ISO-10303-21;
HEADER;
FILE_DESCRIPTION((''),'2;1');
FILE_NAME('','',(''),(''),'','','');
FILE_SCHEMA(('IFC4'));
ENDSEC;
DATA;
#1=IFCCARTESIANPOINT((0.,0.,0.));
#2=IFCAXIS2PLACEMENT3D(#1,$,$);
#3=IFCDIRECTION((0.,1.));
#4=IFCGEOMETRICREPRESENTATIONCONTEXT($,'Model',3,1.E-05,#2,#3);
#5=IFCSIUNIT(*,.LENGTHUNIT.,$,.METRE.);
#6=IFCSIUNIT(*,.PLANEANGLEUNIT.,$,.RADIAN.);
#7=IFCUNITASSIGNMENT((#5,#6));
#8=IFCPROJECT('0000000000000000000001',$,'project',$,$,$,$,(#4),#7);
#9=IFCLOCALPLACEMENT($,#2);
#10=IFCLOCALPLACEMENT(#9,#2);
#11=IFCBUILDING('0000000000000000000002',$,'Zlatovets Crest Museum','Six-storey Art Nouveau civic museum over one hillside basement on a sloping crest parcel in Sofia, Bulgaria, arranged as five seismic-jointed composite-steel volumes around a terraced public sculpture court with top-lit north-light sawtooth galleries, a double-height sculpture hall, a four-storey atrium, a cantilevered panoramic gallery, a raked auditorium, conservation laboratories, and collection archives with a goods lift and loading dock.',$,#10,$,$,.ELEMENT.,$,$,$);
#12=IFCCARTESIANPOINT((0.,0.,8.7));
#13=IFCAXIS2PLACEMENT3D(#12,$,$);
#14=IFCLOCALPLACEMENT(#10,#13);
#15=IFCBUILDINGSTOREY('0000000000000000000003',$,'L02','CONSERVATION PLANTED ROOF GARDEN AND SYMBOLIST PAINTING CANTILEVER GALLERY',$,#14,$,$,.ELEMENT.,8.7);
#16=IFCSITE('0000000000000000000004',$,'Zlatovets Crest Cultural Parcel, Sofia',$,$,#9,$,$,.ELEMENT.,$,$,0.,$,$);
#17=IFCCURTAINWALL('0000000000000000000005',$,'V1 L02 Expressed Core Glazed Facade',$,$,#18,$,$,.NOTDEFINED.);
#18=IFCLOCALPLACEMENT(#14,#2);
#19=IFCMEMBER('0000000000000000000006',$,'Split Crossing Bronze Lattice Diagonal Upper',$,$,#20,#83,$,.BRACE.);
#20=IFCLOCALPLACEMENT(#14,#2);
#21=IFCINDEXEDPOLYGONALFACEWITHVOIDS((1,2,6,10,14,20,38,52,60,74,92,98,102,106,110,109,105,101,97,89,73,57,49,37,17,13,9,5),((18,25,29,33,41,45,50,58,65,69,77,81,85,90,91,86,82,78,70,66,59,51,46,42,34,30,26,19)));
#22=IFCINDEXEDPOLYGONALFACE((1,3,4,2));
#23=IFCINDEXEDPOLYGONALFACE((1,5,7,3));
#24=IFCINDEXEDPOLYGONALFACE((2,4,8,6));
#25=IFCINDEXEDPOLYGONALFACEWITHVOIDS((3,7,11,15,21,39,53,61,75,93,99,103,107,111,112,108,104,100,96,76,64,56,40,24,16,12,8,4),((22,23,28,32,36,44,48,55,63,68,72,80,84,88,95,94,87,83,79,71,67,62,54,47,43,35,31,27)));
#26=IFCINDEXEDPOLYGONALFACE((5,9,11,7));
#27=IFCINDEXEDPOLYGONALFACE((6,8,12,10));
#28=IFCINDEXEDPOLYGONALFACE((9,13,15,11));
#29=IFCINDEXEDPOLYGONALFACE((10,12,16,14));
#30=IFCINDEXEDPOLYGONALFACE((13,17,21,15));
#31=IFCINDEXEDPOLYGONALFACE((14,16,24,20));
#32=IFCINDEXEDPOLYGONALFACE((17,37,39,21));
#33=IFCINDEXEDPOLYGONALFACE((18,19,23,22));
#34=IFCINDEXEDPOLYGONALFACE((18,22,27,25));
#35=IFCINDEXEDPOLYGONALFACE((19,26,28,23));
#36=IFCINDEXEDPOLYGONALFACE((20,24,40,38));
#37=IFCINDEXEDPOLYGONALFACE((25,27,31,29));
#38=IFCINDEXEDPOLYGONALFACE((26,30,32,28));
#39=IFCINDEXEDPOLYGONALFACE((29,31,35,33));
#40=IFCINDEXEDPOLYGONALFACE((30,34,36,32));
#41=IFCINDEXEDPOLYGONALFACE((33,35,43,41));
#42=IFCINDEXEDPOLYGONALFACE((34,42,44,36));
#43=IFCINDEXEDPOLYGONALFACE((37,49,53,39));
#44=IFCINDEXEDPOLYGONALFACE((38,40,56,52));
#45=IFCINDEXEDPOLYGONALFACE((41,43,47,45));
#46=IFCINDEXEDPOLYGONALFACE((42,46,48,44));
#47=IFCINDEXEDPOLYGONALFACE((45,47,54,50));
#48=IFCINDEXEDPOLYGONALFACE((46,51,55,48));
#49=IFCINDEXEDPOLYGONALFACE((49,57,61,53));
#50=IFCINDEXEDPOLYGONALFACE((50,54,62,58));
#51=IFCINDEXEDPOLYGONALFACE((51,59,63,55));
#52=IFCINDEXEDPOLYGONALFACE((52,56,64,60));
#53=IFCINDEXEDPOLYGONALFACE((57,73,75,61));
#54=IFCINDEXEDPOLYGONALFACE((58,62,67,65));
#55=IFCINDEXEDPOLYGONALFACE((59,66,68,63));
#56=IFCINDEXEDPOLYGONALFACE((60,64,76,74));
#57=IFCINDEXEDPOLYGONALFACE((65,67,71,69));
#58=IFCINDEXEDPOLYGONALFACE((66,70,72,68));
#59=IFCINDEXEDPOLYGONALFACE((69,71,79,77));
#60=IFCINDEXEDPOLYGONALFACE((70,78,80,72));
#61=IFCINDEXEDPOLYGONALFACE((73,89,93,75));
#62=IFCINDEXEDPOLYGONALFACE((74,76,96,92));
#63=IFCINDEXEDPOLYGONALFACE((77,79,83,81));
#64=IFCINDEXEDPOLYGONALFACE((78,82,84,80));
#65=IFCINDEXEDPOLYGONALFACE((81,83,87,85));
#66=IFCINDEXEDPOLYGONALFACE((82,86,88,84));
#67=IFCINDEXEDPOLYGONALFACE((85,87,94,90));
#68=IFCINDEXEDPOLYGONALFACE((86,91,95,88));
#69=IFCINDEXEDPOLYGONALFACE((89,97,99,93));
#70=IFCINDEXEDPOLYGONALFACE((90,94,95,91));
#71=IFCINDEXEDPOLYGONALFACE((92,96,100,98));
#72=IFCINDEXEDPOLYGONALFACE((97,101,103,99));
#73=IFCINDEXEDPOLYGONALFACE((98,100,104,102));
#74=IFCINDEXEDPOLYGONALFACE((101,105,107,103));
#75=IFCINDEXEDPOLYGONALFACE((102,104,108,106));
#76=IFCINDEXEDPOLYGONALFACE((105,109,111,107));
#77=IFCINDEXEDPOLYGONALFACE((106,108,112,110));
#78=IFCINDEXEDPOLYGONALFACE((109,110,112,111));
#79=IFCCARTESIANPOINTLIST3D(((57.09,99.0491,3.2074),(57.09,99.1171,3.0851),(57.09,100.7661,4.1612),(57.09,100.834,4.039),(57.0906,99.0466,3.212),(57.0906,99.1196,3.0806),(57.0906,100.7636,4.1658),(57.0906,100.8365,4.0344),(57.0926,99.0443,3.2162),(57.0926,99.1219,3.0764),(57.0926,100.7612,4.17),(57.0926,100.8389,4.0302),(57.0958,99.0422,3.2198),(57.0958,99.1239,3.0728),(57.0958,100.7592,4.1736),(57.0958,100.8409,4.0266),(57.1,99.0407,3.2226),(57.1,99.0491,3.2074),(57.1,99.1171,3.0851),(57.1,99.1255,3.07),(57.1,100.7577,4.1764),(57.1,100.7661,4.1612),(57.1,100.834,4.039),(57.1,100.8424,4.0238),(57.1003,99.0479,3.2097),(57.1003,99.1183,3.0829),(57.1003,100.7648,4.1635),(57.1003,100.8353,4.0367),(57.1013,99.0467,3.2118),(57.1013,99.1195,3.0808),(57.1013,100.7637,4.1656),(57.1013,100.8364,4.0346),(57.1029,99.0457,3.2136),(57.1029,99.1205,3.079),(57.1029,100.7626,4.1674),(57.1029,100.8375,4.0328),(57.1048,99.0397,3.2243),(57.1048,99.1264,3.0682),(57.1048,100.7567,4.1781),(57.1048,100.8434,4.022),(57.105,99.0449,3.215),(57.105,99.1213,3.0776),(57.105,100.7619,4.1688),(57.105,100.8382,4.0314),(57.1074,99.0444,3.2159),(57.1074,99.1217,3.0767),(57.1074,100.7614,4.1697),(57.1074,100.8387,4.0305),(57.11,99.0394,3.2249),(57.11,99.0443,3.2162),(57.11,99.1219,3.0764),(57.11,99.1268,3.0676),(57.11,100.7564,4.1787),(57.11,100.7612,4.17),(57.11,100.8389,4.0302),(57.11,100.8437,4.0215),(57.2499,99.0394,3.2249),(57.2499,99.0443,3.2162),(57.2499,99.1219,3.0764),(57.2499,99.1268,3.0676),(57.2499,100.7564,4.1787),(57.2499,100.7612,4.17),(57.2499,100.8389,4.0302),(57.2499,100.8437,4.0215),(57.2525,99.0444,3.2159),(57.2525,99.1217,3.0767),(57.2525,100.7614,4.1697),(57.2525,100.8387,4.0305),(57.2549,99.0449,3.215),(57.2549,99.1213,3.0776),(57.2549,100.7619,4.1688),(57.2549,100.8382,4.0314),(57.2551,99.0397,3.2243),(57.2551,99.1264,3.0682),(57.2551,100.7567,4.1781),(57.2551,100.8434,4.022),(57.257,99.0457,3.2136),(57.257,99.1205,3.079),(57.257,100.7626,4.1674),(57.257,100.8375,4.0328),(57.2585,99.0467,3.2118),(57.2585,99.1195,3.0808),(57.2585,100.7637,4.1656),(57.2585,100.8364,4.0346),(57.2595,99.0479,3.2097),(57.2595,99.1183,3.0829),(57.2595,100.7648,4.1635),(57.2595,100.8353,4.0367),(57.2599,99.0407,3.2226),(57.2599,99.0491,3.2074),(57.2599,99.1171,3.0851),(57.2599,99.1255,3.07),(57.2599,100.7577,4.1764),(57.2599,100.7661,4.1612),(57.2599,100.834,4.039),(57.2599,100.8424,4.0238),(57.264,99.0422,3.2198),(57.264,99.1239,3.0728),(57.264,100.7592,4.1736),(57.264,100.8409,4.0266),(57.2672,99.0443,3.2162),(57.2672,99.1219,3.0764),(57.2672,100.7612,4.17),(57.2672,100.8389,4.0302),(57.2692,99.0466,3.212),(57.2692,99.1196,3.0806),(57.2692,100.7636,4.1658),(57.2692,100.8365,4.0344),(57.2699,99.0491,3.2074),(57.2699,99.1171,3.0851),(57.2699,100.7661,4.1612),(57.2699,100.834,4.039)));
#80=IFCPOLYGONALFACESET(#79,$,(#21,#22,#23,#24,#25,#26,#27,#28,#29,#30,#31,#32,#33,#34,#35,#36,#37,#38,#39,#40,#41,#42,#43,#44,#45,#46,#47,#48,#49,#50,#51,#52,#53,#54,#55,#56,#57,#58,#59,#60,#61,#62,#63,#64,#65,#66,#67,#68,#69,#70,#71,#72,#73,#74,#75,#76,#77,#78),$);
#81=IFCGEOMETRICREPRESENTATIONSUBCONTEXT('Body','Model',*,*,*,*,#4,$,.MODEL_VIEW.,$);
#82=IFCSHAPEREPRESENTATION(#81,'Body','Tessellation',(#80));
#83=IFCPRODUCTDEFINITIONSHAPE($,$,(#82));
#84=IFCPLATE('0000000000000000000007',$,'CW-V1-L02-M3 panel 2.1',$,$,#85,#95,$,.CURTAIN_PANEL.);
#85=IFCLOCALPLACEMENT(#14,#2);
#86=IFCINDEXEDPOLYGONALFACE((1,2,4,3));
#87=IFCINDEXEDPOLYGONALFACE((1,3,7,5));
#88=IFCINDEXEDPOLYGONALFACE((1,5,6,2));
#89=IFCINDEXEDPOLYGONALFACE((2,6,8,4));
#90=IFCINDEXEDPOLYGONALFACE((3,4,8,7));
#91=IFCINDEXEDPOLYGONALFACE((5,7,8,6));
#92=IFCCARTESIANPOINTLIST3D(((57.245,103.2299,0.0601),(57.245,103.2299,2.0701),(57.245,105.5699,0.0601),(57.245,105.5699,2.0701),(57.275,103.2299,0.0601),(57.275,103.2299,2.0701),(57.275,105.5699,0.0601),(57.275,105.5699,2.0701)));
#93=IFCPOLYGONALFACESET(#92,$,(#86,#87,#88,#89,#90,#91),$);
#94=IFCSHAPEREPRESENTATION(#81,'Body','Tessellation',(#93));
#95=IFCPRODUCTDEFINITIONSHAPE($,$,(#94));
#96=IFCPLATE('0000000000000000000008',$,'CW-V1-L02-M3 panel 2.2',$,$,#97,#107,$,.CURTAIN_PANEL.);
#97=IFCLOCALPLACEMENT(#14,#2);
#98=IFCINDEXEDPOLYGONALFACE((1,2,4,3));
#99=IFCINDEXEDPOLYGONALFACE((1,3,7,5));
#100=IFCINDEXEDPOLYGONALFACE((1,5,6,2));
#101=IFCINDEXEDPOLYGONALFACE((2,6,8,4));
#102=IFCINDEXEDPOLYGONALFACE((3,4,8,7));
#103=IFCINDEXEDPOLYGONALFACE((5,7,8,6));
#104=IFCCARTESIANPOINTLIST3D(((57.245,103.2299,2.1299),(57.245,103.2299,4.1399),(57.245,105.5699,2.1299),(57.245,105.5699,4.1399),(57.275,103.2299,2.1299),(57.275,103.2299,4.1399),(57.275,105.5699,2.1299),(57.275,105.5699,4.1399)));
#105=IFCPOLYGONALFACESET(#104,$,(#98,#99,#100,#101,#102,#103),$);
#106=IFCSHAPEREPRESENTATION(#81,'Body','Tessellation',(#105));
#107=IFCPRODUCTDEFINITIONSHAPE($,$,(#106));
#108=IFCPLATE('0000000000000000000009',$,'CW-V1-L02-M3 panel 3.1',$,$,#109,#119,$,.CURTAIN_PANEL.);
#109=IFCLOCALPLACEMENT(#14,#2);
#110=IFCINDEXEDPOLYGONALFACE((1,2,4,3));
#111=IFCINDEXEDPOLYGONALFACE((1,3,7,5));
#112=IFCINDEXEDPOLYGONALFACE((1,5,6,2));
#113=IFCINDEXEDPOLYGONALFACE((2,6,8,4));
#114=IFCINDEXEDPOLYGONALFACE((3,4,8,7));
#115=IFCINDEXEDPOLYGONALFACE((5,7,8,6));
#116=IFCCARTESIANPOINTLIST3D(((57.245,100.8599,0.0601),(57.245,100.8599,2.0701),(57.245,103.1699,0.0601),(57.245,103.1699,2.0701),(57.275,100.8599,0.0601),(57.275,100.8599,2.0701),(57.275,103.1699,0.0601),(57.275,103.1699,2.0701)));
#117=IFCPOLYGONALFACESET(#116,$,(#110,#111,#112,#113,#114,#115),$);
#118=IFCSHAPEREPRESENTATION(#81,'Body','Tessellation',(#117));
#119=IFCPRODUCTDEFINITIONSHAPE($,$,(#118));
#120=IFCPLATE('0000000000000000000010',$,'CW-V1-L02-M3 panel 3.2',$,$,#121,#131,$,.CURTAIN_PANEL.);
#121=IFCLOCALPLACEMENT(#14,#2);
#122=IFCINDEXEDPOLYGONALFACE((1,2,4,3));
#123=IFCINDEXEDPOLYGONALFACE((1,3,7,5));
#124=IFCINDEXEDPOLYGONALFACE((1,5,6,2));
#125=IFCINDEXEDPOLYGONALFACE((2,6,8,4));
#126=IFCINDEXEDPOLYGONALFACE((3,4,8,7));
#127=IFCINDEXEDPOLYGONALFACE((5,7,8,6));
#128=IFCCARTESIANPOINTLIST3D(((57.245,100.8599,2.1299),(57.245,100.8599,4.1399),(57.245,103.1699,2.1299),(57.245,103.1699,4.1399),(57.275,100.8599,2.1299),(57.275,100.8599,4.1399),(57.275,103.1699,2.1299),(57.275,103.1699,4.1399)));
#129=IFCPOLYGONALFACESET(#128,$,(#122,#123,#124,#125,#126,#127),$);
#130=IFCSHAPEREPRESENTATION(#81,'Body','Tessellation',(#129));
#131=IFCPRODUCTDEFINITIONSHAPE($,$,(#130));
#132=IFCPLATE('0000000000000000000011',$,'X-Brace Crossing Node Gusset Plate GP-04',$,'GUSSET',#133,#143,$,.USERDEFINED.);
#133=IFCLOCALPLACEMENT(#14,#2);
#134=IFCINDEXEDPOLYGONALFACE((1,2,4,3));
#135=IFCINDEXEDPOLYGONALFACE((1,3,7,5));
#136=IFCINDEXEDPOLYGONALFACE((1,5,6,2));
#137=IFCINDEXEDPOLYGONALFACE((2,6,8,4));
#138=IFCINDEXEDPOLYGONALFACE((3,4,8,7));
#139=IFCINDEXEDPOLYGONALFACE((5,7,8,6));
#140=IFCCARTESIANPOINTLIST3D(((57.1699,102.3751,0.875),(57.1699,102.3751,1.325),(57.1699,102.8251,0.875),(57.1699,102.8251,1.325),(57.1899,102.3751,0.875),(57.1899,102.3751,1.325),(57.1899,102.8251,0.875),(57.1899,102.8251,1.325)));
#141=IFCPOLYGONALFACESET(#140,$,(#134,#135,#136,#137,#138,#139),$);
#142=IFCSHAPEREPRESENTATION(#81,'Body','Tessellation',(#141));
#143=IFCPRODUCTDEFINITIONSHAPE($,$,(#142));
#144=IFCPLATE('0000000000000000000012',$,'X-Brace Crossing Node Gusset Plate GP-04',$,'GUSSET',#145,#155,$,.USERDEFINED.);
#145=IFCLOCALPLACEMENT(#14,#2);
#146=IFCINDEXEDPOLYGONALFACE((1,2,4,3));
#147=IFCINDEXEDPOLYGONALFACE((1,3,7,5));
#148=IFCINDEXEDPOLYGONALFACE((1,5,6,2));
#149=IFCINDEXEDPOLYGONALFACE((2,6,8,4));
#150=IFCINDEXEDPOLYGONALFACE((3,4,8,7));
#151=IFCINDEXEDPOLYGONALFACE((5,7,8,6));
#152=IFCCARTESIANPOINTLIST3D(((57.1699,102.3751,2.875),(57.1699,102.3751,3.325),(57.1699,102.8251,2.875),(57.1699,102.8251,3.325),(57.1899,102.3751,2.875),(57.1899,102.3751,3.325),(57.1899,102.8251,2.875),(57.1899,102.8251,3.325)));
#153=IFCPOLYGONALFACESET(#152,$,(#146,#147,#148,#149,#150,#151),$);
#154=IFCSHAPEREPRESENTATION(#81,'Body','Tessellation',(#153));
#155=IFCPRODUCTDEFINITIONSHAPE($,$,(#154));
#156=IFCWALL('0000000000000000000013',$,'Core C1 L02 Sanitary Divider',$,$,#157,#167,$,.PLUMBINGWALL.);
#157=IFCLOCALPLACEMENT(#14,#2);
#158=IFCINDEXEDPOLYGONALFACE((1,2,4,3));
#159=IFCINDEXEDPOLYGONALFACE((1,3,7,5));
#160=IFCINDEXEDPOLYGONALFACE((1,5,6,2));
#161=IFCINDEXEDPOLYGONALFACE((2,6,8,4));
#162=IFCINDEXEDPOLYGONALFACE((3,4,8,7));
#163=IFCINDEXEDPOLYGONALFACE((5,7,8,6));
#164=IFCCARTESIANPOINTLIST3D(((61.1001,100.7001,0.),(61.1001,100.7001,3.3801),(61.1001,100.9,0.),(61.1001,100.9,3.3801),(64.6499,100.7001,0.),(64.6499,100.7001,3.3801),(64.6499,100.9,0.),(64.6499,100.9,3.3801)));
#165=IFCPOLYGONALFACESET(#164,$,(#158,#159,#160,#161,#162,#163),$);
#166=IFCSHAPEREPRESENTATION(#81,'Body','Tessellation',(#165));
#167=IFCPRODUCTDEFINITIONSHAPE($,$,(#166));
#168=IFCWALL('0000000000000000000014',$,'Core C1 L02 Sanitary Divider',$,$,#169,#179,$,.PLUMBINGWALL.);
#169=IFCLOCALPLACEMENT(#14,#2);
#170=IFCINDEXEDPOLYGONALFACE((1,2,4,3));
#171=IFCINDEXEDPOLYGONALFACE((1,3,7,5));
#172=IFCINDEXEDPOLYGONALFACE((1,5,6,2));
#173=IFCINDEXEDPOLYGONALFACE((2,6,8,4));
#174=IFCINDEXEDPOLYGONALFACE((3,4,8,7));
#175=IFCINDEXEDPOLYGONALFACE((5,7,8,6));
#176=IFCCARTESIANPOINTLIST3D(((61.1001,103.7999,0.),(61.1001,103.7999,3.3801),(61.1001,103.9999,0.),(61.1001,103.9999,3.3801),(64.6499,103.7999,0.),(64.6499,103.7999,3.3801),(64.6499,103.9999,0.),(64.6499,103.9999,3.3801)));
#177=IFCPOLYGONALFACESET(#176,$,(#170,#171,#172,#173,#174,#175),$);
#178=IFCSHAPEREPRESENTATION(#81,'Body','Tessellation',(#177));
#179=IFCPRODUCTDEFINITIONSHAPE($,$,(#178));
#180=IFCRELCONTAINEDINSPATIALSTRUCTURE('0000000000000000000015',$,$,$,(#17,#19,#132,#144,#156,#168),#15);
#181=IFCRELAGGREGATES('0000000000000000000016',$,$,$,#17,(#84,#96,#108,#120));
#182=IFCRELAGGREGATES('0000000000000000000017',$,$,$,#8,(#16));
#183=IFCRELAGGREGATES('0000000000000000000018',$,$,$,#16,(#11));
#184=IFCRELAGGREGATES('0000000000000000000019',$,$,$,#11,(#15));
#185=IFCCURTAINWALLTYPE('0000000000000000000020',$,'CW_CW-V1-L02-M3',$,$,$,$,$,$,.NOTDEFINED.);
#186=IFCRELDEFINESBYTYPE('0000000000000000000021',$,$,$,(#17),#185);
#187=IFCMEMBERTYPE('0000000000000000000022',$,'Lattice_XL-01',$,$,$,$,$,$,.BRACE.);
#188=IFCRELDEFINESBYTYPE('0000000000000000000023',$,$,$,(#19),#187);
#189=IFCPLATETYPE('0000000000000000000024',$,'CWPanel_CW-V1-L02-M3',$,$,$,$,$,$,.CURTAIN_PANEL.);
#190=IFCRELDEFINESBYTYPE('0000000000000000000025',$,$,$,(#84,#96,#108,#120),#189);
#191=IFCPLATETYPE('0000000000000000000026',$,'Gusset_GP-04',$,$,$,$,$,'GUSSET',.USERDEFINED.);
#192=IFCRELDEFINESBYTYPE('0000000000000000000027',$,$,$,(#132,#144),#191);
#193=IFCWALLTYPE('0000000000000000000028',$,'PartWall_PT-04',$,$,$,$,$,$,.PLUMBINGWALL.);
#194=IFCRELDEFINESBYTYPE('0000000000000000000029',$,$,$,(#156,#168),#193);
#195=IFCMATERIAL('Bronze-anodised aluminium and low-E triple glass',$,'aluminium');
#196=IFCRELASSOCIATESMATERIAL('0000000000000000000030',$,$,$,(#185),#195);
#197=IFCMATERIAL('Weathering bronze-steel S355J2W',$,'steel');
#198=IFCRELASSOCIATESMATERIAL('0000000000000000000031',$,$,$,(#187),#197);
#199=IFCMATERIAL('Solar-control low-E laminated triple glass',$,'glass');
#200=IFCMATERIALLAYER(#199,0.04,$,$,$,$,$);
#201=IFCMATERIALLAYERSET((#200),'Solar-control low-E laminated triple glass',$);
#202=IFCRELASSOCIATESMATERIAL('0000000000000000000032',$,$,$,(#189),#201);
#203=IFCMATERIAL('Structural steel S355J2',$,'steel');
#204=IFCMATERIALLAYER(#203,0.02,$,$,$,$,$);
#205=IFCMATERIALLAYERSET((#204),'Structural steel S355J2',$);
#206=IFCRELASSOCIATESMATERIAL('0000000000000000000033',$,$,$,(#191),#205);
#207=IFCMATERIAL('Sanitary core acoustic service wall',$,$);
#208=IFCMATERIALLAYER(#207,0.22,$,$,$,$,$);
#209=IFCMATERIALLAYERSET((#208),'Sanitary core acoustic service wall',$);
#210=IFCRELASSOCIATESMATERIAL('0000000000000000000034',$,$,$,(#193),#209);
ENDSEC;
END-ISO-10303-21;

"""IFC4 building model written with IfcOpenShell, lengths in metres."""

from ifc_helpers import new_model, si_unit, direction, frame, frame_2d, origin, origin_2d, place, context, subcontext, project, spatial, rectangle, hollow_rectangle, extrude, material, layer, layer_set, material_profile, profile_set, type_object, element, aggregate, save


model = new_model("IFC4")

# Units and contexts
model_context = context("Model", 3, precision=1e-05, world=origin(), true_north=direction((0.0, 1.0)))
body_context = subcontext(model_context, "Body", "Model", "MODEL_VIEW")
ifc_project = project(units=[si_unit("LENGTHUNIT", "METRE"), si_unit("PLANEANGLEUNIT", "RADIAN")], contexts=[model_context])

# Site, building, storey
site_placement = place(None, origin())
site = spatial("IfcSite", under=ifc_project, at=site_placement, Name="Zlatovets Crest Cultural Parcel, Sofia", CompositionType="ELEMENT", RefElevation=0.0)
building_placement = place(site_placement, origin())
building = spatial("IfcBuilding", under=site, at=building_placement, Name="Zlatovets Crest Museum", Description="Six-storey Art Nouveau civic museum over one hillside basement on a sloping crest parcel in Sofia, Bulgaria, arranged as five seismic-jointed composite-steel volumes around a terraced public sculpture court with top-lit north-light sawtooth galleries, a double-height sculpture hall, a four-storey atrium, a cantilevered panoramic gallery, a raked auditorium, conservation laboratories, and collection archives with a goods lift and loading dock.", CompositionType="ELEMENT")
storey_placement = place(building_placement, frame((0.0, 0.0, 8.7)))
storey = spatial("IfcBuildingStorey", under=building, at=storey_placement, Name="L02", Description="CONSERVATION PLANTED ROOF GARDEN AND SYMBOLIST PAINTING CANTILEVER GALLERY", CompositionType="ELEMENT", Elevation=8.7)

# Shared definitions
ifc_material_1 = material(Name="Structural steel S355J2", Category="steel")

# Curtain wall
ifc_material_2 = material(Name="Bronze-anodised aluminium and low-E triple glass", Category="aluminium")
curtain_wall_type = type_object("IfcCurtainWallType", Name="CW_CW-V1-L02-M3", PredefinedType="NOTDEFINED", material=ifc_material_2)
curtain_wall_placement = place(storey_placement, origin())
curtain_wall = element("IfcCurtainWall", 1, at=curtain_wall_placement, inside=storey, type_object=curtain_wall_type, Name="V1 L02 Expressed Core Glazed Facade", PredefinedType="NOTDEFINED")

# Member
ifc_material_3 = material(Name="Weathering bronze-steel S355J2W", Category="steel")
ifc_material_profile_1 = material_profile(ifc_material_3, hollow_rectangle(XDim=0.1799, YDim=0.1799, WallThickness=0.01, InnerFilletRadius=0.01, OuterFilletRadius=0.02, at=origin_2d()), Name="SHS 180x180x10.0")
ifc_profile_set_1 = profile_set([ifc_material_profile_1], Name="Weathering bronze-steel S355J2W")
member_type_1 = type_object("IfcMemberType", Name="Lattice_XL-01", PredefinedType="BRACE", material=ifc_profile_set_1)
member_1_placement = place(storey_placement, frame((57.1799, 100.8, 4.1001), z_axis=(0.0, -0.874169, -0.485622), x_axis=(1.0, 0.0, 0.0)))
element("IfcMember", 2, at=member_1_placement, inside=storey, type_object=member_type_1, Name="Split Crossing Bronze Lattice Diagonal Upper", PredefinedType="BRACE", context=body_context, shape_type="SweptSolid", body=[
    extrude(hollow_rectangle(XDim=0.1799, YDim=0.1799, WallThickness=0.01, InnerFilletRadius=0.01, OuterFilletRadius=0.02, at=origin_2d()), origin(), (0.0, 0.0, 1.0), 1.9641),
])

# Plates
ifc_material_4 = material(Name="Solar-control low-E laminated triple glass", Category="glass")
ifc_layer_1 = layer(ifc_material_4, 0.04)
ifc_layer_set_1 = layer_set([ifc_layer_1], Name="Solar-control low-E laminated triple glass")
plate_type_1 = type_object("IfcPlateType", Name="CWPanel_CW-V1-L02-M3", PredefinedType="CURTAIN_PANEL", material=ifc_layer_set_1)
plate_1_placement = place(storey_placement, frame((57.26, 104.3999, 0.0601), z_axis=(0.0, 0.0, 1.0), x_axis=(0.0, -1.0, 0.0)))
plate_1 = element("IfcPlate", 3, at=plate_1_placement, type_object=plate_type_1, Name="CW-V1-L02-M3 panel 2.1", PredefinedType="CURTAIN_PANEL", context=body_context, shape_type="SweptSolid", body=[
    extrude(rectangle(XDim=2.3401, YDim=0.03, at=origin_2d()), origin(), (0.0, 0.0, 1.0), 2.01),
])
plate_2_placement = place(storey_placement, frame((57.26, 104.3999, 2.1299), z_axis=(0.0, 0.0, 1.0), x_axis=(0.0, -1.0, 0.0)))
plate_2 = element("IfcPlate", 4, at=plate_2_placement, type_object=plate_type_1, Name="CW-V1-L02-M3 panel 2.2", PredefinedType="CURTAIN_PANEL", context=body_context, shape_type="SweptSolid", body=[
    extrude(rectangle(XDim=2.3401, YDim=0.03, at=origin_2d()), origin(), (0.0, 0.0, 1.0), 2.01),
])
plate_3_placement = place(storey_placement, frame((57.26, 102.0149, 0.0601), z_axis=(0.0, 0.0, 1.0), x_axis=(0.0, -1.0, 0.0)))
plate_3 = element("IfcPlate", 5, at=plate_3_placement, type_object=plate_type_1, Name="CW-V1-L02-M3 panel 3.1", PredefinedType="CURTAIN_PANEL", context=body_context, shape_type="SweptSolid", body=[
    extrude(rectangle(XDim=2.3101, YDim=0.03, at=origin_2d()), origin(), (0.0, 0.0, 1.0), 2.01),
])
plate_4_placement = place(storey_placement, frame((57.26, 102.0149, 2.1299), z_axis=(0.0, 0.0, 1.0), x_axis=(0.0, -1.0, 0.0)))
plate_4 = element("IfcPlate", 6, at=plate_4_placement, type_object=plate_type_1, Name="CW-V1-L02-M3 panel 3.2", PredefinedType="CURTAIN_PANEL", context=body_context, shape_type="SweptSolid", body=[
    extrude(rectangle(XDim=2.3101, YDim=0.03, at=origin_2d()), origin(), (0.0, 0.0, 1.0), 2.01),
])
aggregate(curtain_wall, [plate_1, plate_2, plate_3, plate_4])

# Plates
ifc_layer_2 = layer(ifc_material_1, 0.02)
ifc_layer_set_2 = layer_set([ifc_layer_2], Name="Structural steel S355J2")
plate_type_2 = type_object("IfcPlateType", Name="Gusset_GP-04", ElementType="GUSSET", PredefinedType="USERDEFINED", material=ifc_layer_set_2)
for number, where, z_axis, x_axis, name in (
    (7, (57.1799, 102.6001, 0.875), (0.0, 0.0, 1.0), (1.0, 0.0, 0.0), "X-Brace Crossing Node Gusset Plate GP-04"),
    (8, (57.1799, 102.6001, 2.875), (0.0, 0.0, 1.0), (1.0, 0.0, 0.0), "X-Brace Crossing Node Gusset Plate GP-04"),
):
    element("IfcPlate", number, at=place(storey_placement, frame(where, z_axis=z_axis, x_axis=x_axis)), inside=storey, type_object=plate_type_2, Name=name, ObjectType="GUSSET", PredefinedType="USERDEFINED", context=body_context, shape_type="SweptSolid", body=[
        extrude(rectangle(XDim=0.02, YDim=0.45, at=origin_2d()), origin(), (0.0, 0.0, 1.0), 0.45),
    ])

# Walls
ifc_material_5 = material(Name="Sanitary core acoustic service wall")
ifc_layer_3 = layer(ifc_material_5, 0.22)
ifc_layer_set_3 = layer_set([ifc_layer_3], Name="Sanitary core acoustic service wall")
wall_type = type_object("IfcWallType", Name="PartWall_PT-04", PredefinedType="PLUMBINGWALL", material=ifc_layer_set_3)
for number, where, z_axis, x_axis, name in (
    (9, (61.1001, 100.8, 0.0), (0.0, 0.0, 1.0), (1.0, 0.0, 0.0), "Core C1 L02 Sanitary Divider"),
    (10, (61.1001, 103.8999, 0.0), (0.0, 0.0, 1.0), (1.0, 0.0, 0.0), "Core C1 L02 Sanitary Divider"),
):
    element("IfcWall", number, at=place(storey_placement, frame(where, z_axis=z_axis, x_axis=x_axis)), inside=storey, type_object=wall_type, Name=name, PredefinedType="PLUMBINGWALL", context=body_context, shape_type="SweptSolid", body=[
        extrude(rectangle(XDim=3.5498, YDim=0.2, at=frame_2d((1.7749, 0.0))), origin(), (0.0, 0.0, 1.0), 3.3801),
    ])

save(model, "model.ifc")
